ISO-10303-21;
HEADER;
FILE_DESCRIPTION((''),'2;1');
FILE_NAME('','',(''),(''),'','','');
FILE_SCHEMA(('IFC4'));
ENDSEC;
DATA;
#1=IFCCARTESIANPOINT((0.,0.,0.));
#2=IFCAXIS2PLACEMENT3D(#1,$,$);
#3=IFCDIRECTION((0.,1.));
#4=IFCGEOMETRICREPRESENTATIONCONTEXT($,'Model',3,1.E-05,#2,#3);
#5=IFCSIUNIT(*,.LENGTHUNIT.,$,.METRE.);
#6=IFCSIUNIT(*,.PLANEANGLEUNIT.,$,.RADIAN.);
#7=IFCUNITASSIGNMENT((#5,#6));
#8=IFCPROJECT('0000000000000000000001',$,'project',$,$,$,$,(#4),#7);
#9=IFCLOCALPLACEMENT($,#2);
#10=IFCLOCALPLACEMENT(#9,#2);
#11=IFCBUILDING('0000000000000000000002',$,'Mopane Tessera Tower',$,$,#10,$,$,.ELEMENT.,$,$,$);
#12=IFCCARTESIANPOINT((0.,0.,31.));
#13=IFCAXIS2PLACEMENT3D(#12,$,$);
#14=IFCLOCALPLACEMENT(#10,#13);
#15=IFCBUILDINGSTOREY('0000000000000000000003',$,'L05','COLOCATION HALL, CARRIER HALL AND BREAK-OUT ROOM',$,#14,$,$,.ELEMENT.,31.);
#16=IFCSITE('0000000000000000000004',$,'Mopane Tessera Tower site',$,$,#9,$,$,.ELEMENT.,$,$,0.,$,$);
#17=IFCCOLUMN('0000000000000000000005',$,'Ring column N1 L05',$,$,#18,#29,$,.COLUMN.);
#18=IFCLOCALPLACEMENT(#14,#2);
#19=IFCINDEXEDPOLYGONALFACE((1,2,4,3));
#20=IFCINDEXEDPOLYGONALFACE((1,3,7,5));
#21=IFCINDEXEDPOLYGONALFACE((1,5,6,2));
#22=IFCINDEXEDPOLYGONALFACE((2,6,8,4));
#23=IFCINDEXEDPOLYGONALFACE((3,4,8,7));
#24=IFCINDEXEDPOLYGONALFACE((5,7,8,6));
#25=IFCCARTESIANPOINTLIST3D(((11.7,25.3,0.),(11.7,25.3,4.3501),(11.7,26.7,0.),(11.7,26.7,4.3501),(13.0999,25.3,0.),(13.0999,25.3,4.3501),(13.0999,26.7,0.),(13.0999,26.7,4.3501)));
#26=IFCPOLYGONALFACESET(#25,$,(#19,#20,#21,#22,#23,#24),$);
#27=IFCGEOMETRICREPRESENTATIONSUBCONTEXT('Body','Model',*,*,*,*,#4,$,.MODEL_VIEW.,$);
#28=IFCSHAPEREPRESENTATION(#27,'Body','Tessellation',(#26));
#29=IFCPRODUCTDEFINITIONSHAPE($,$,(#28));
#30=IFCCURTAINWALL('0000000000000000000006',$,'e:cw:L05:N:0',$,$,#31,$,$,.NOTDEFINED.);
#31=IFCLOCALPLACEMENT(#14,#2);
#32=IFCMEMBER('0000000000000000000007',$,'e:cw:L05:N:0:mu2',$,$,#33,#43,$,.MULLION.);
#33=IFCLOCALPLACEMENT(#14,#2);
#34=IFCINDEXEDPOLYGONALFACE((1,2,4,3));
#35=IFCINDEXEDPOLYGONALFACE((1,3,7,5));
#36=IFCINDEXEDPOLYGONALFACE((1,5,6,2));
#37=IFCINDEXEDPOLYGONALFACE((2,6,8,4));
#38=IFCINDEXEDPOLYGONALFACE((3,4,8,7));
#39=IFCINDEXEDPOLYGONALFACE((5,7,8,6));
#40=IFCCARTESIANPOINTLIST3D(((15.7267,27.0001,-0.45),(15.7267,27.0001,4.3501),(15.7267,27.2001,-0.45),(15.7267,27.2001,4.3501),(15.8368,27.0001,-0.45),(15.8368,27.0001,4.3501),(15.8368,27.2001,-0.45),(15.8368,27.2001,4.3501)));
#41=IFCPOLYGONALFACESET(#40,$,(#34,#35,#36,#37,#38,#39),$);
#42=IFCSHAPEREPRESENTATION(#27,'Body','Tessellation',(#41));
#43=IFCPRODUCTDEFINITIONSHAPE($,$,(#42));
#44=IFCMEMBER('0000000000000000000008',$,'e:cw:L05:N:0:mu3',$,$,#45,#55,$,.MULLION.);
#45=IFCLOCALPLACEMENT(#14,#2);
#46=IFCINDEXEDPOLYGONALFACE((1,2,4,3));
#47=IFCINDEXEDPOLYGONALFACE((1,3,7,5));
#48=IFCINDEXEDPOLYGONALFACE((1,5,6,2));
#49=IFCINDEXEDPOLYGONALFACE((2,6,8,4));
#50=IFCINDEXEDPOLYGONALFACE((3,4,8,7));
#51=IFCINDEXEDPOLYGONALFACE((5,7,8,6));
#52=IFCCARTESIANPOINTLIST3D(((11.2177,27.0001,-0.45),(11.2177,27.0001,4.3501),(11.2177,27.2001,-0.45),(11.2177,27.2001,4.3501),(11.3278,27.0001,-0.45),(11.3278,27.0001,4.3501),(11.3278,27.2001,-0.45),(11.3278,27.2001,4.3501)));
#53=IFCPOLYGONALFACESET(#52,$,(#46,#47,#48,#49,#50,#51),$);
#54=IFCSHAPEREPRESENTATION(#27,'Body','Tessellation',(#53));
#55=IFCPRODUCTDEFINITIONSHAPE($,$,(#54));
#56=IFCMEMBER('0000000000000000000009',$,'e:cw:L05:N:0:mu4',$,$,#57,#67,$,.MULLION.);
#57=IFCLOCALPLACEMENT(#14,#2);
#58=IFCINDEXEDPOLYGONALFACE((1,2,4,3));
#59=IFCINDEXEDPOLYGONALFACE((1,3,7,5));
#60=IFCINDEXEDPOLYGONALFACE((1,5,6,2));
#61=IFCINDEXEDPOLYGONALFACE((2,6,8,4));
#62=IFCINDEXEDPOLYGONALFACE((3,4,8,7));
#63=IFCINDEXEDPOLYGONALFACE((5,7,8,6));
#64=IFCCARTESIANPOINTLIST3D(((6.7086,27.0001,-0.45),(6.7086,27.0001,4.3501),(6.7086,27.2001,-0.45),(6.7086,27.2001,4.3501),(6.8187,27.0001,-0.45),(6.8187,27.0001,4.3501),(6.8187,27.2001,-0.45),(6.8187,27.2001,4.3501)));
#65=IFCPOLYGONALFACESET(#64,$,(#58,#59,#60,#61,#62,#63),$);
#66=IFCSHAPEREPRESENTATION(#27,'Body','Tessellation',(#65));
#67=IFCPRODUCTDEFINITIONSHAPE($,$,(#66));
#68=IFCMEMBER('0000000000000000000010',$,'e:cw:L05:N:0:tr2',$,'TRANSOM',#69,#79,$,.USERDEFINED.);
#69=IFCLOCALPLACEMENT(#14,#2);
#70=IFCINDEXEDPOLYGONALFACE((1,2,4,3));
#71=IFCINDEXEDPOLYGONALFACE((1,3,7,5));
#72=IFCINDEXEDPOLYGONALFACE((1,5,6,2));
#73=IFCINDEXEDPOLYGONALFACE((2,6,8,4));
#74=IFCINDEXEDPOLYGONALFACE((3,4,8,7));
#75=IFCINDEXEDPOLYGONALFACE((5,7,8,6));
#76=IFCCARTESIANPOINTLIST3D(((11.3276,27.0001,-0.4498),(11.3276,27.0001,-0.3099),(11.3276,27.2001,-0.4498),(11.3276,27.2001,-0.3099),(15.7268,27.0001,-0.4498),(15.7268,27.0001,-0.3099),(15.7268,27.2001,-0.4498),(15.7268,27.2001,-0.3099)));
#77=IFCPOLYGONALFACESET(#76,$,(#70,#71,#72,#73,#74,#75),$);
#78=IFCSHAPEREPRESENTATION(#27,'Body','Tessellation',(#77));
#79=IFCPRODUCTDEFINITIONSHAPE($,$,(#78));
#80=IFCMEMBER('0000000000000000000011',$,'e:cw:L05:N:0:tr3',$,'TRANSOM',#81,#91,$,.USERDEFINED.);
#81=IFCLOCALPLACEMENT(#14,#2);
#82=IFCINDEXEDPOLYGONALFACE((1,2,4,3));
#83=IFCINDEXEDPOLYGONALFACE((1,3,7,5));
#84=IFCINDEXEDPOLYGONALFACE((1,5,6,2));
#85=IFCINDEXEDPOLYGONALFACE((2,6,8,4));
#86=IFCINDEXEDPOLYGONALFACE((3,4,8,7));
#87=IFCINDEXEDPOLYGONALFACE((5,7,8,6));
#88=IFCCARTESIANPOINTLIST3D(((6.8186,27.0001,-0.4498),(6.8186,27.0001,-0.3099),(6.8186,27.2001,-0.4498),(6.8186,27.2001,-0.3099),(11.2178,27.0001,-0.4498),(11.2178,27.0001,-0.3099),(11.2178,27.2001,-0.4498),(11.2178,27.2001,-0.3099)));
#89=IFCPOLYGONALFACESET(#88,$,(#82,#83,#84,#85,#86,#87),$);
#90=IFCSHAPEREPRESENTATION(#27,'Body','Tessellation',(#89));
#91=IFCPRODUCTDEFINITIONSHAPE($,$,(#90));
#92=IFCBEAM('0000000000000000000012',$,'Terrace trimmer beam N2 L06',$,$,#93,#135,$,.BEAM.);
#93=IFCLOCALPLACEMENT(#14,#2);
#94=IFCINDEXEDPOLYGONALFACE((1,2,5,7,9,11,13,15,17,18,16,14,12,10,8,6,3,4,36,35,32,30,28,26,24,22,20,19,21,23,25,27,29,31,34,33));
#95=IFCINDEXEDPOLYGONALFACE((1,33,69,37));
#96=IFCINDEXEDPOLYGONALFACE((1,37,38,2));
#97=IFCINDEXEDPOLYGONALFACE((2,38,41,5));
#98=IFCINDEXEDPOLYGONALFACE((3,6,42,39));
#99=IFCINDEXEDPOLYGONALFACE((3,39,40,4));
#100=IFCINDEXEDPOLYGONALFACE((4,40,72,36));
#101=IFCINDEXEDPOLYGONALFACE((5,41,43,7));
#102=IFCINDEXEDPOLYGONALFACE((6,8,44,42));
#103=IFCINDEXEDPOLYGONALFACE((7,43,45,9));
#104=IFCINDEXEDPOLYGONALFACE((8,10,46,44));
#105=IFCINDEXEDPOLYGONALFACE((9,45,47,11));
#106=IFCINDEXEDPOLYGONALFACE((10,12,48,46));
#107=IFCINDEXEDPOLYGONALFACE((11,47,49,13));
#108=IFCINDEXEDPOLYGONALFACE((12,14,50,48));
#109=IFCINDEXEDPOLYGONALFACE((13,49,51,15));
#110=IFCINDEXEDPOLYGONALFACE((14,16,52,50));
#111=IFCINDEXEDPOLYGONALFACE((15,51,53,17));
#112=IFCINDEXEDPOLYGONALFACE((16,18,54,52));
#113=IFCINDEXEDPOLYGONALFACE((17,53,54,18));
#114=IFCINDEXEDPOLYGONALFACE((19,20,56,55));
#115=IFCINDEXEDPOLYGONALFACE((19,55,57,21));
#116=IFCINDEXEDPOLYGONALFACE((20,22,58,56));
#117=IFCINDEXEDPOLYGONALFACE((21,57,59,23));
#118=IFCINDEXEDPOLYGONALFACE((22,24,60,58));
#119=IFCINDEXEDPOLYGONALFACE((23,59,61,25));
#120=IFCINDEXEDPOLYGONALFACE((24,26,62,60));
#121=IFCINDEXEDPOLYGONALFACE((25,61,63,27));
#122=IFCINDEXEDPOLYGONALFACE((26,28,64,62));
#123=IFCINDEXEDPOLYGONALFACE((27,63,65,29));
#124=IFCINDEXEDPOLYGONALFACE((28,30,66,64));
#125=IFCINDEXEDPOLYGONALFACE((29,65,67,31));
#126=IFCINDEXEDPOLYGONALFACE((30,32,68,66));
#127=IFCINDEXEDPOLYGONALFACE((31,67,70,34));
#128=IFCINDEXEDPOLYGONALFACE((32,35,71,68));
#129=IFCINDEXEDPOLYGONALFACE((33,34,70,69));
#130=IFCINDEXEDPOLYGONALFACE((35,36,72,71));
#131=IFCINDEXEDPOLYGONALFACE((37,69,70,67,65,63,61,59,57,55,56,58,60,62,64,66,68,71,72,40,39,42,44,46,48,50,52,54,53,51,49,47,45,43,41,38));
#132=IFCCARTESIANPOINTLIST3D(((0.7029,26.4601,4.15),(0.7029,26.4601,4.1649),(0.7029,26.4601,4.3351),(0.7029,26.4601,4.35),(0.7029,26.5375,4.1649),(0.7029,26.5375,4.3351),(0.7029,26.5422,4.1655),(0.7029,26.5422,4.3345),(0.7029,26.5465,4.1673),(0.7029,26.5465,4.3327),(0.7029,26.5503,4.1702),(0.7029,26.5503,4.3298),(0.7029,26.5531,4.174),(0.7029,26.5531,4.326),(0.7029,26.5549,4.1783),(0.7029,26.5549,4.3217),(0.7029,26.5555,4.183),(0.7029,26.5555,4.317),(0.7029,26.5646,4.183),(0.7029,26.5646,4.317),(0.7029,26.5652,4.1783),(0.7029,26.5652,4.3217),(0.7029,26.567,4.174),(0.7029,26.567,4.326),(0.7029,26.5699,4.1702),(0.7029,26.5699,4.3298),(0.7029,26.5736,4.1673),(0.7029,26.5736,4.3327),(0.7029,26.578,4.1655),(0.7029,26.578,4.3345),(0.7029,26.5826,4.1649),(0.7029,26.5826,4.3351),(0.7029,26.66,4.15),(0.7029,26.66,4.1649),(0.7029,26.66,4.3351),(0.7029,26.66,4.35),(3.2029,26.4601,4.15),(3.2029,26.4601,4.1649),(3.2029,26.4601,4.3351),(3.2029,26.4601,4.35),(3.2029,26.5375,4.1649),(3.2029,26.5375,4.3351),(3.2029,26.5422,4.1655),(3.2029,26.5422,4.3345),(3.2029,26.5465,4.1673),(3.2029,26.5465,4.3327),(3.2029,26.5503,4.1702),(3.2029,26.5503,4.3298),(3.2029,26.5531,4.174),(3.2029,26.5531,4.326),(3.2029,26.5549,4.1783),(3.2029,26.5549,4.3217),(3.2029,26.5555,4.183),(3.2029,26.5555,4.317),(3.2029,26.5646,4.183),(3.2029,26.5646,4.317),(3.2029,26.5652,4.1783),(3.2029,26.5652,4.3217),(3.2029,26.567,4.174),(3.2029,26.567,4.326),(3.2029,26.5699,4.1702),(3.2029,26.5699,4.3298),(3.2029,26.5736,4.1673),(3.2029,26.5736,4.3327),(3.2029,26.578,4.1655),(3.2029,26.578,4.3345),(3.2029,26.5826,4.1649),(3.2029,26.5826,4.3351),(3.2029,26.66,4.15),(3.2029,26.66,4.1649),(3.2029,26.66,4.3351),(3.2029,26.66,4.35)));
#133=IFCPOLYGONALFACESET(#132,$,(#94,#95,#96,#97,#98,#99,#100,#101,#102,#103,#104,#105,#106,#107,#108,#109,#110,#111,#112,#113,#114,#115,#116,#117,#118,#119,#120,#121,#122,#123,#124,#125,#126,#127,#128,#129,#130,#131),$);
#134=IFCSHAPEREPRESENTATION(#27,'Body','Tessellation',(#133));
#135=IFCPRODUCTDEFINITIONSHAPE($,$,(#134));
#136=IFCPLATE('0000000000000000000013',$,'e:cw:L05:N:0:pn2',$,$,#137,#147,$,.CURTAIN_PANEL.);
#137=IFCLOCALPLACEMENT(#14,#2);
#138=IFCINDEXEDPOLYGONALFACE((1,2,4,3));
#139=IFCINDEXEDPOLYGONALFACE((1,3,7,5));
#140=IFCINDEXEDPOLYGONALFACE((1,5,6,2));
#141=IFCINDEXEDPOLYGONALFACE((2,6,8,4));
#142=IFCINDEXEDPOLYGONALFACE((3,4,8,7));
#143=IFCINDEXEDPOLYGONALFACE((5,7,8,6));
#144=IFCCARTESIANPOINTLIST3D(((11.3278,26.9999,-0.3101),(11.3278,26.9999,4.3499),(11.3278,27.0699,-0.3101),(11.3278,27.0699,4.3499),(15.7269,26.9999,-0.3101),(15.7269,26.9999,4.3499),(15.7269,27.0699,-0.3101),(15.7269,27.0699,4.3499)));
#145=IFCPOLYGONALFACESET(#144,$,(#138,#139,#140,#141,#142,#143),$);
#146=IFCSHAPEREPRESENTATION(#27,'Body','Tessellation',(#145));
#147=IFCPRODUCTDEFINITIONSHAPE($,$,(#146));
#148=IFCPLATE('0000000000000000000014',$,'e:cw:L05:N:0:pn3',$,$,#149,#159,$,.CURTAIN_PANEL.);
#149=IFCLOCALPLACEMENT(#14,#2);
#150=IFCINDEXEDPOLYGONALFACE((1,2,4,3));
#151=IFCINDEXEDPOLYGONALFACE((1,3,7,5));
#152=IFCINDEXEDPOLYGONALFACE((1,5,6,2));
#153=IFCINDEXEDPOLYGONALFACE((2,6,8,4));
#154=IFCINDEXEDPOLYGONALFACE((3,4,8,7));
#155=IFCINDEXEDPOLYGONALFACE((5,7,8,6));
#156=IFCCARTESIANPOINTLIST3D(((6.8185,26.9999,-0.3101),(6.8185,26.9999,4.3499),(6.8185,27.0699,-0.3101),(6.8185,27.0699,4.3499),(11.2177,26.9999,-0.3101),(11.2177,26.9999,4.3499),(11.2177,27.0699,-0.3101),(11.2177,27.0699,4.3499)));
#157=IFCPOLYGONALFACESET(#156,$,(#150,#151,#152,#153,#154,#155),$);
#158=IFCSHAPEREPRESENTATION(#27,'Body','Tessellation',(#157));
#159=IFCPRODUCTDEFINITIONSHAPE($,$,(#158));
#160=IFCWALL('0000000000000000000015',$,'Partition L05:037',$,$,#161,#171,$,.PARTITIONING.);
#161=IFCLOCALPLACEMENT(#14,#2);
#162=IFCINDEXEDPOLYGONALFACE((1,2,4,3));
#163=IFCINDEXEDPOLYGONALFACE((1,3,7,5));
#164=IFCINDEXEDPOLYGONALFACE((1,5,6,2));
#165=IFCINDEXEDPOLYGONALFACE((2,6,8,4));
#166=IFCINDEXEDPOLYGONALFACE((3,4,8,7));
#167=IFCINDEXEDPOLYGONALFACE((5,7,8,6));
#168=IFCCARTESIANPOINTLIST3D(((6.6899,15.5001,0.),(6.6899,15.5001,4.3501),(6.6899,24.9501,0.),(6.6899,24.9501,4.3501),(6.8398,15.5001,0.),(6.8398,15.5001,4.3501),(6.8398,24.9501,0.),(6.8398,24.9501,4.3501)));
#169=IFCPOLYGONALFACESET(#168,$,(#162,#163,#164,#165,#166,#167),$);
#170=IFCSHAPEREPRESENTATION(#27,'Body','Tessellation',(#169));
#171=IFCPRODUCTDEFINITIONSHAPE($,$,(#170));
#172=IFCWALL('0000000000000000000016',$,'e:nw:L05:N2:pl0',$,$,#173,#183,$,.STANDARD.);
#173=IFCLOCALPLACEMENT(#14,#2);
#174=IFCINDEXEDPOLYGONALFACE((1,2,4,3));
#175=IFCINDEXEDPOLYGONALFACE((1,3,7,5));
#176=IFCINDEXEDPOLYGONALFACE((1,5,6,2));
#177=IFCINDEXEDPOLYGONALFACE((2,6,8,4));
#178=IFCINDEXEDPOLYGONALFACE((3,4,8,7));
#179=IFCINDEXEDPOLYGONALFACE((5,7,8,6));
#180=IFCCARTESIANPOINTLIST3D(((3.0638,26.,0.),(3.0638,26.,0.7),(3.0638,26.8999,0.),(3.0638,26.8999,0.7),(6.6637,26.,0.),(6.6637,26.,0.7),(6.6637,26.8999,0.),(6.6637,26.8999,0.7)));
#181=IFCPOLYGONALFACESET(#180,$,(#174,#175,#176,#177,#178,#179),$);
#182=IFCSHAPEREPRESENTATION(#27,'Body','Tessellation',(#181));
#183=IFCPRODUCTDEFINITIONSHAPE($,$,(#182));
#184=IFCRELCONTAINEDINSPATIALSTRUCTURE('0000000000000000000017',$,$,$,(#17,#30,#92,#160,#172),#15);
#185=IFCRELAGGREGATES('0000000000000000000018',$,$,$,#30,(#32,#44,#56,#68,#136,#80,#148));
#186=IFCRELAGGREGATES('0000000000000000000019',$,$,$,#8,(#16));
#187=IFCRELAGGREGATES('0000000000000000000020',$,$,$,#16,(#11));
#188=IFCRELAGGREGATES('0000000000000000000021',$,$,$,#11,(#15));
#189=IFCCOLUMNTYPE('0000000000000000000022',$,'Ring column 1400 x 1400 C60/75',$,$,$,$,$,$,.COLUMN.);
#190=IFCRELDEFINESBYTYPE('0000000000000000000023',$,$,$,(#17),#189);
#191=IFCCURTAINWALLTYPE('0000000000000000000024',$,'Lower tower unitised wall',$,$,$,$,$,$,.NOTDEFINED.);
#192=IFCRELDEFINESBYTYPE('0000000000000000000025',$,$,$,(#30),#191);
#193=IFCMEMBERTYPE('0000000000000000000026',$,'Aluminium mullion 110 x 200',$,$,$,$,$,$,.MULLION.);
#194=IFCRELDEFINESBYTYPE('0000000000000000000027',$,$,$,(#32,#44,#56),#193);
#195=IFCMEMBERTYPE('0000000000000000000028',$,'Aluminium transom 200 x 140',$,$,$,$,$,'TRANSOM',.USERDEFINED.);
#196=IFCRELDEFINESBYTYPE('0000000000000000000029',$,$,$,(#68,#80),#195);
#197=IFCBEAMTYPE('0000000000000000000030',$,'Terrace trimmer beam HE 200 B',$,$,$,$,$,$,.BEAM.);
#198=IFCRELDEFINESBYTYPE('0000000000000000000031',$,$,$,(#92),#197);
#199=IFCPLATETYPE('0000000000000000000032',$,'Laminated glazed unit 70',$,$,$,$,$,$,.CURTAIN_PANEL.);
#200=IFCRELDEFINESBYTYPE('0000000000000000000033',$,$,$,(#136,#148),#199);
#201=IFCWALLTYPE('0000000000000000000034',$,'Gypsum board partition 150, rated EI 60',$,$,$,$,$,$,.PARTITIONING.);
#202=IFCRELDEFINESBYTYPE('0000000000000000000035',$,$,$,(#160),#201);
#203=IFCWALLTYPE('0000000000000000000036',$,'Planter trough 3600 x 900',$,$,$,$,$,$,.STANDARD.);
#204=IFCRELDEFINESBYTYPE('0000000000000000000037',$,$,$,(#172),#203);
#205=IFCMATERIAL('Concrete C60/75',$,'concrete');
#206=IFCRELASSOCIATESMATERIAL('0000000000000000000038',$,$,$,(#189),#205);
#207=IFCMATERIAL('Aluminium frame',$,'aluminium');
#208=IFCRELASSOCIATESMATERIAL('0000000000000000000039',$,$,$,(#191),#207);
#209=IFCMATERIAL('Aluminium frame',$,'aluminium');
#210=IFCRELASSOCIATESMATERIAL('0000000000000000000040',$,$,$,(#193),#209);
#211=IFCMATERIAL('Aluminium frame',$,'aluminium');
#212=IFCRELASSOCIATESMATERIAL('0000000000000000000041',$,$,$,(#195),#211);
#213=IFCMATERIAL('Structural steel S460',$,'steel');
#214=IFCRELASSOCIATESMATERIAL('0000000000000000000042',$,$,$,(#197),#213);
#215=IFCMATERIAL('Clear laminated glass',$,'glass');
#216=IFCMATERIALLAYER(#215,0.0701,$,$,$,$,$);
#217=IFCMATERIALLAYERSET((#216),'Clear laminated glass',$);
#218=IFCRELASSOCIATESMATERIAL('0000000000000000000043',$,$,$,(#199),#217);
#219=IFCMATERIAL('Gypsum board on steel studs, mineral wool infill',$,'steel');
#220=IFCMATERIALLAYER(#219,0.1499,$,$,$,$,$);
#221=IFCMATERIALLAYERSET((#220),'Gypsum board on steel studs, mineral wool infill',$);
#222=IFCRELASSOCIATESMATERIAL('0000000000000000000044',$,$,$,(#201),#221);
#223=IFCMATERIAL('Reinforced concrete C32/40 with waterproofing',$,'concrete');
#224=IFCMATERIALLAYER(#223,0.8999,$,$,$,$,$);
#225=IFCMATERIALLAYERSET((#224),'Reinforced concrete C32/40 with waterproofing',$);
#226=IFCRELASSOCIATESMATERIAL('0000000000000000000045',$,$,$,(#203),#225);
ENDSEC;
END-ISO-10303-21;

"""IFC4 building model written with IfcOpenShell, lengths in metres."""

from ifc_helpers import new_model, si_unit, direction, frame, frame_2d, origin, origin_2d, place, context, subcontext, project, spatial, rectangle, i_section, extrude, material, layer, layer_set, material_profile, profile_set, type_object, element, aggregate, save


model = new_model("IFC4")

# Units and contexts
model_context = context("Model", 3, precision=1e-05, world=origin(), true_north=direction((0.0, 1.0)))
body_context = subcontext(model_context, "Body", "Model", "MODEL_VIEW")
ifc_project = project(units=[si_unit("LENGTHUNIT", "METRE"), si_unit("PLANEANGLEUNIT", "RADIAN")], contexts=[model_context])

# Site, building, storey
site_placement = place(None, origin())
site = spatial("IfcSite", under=ifc_project, at=site_placement, Name="Mopane Tessera Tower site", CompositionType="ELEMENT", RefElevation=0.0)
building_placement = place(site_placement, origin())
building = spatial("IfcBuilding", under=site, at=building_placement, Name="Mopane Tessera Tower", CompositionType="ELEMENT")
storey_placement = place(building_placement, frame((0.0, 0.0, 31.0)))
storey = spatial("IfcBuildingStorey", under=building, at=storey_placement, Name="L05", Description="COLOCATION HALL, CARRIER HALL AND BREAK-OUT ROOM", CompositionType="ELEMENT", Elevation=31.0)

# Column
ifc_material_1 = material(Name="Concrete C60/75", Category="concrete")
ifc_material_profile_1 = material_profile(ifc_material_1, rectangle(XDim=1.3999, YDim=1.3999, at=origin_2d()))
ifc_profile_set_1 = profile_set([ifc_material_profile_1], Name="Concrete C60/75")
column_type = type_object("IfcColumnType", Name="Ring column 1400 x 1400 C60/75", PredefinedType="COLUMN", material=ifc_profile_set_1)
column_placement = place(storey_placement, frame((12.3999, 26.0, 0.0), z_axis=(0.0, 0.0, 1.0), x_axis=(1.0, 0.0, 0.0)))
element("IfcColumn", 1, at=column_placement, inside=storey, type_object=column_type, Name="Ring column N1 L05", PredefinedType="COLUMN", context=body_context, shape_type="SweptSolid", body=[
    extrude(rectangle(XDim=1.3999, YDim=1.3999, at=origin_2d()), origin(), (0.0, 0.0, 1.0), 4.3501),
])

# Curtain wall, members
ifc_material_2 = material(Name="Aluminium frame", Category="aluminium")
curtain_wall_type = type_object("IfcCurtainWallType", Name="Lower tower unitised wall", PredefinedType="NOTDEFINED", material=ifc_material_2)
curtain_wall_placement = place(storey_placement, origin())
curtain_wall = element("IfcCurtainWall", 2, at=curtain_wall_placement, inside=storey, type_object=curtain_wall_type, Name="e:cw:L05:N:0", PredefinedType="NOTDEFINED")
ifc_material_3 = material(Name="Aluminium frame", Category="aluminium")
ifc_material_profile_2 = material_profile(ifc_material_3, rectangle(XDim=0.1101, YDim=0.2, at=origin_2d()))
ifc_profile_set_2 = profile_set([ifc_material_profile_2], Name="Aluminium frame")
member_type_1 = type_object("IfcMemberType", Name="Aluminium mullion 110 x 200", PredefinedType="MULLION", material=ifc_profile_set_2)
member_1_placement = place(storey_placement, frame((15.7817, 27.1001, -0.45), z_axis=(0.0, 0.0, 1.0), x_axis=(-1.0, 0.0, 0.0)))
member_1 = element("IfcMember", 3, at=member_1_placement, type_object=member_type_1, Name="e:cw:L05:N:0:mu2", PredefinedType="MULLION", context=body_context, shape_type="SweptSolid", body=[
    extrude(rectangle(XDim=0.1101, YDim=0.2, at=origin_2d()), origin(), (0.0, 0.0, 1.0), 4.8),
])
member_2_placement = place(storey_placement, frame((11.2727, 27.1001, -0.45), z_axis=(0.0, 0.0, 1.0), x_axis=(-1.0, 0.0, 0.0)))
member_2 = element("IfcMember", 4, at=member_2_placement, type_object=member_type_1, Name="e:cw:L05:N:0:mu3", PredefinedType="MULLION", context=body_context, shape_type="SweptSolid", body=[
    extrude(rectangle(XDim=0.1101, YDim=0.2, at=origin_2d()), origin(), (0.0, 0.0, 1.0), 4.8),
])
member_3_placement = place(storey_placement, frame((6.7637, 27.1001, -0.45), z_axis=(0.0, 0.0, 1.0), x_axis=(-1.0, 0.0, 0.0)))
member_3 = element("IfcMember", 5, at=member_3_placement, type_object=member_type_1, Name="e:cw:L05:N:0:mu4", PredefinedType="MULLION", context=body_context, shape_type="SweptSolid", body=[
    extrude(rectangle(XDim=0.1101, YDim=0.2, at=origin_2d()), origin(), (0.0, 0.0, 1.0), 4.8),
])
ifc_material_4 = material(Name="Aluminium frame", Category="aluminium")
ifc_material_profile_3 = material_profile(ifc_material_4, rectangle(XDim=0.2, YDim=0.1399, at=origin_2d()))
ifc_profile_set_3 = profile_set([ifc_material_profile_3], Name="Aluminium frame")
member_type_2 = type_object("IfcMemberType", Name="Aluminium transom 200 x 140", ElementType="TRANSOM", PredefinedType="USERDEFINED", material=ifc_profile_set_3)
member_4_placement = place(storey_placement, frame((15.7268, 27.1001, -0.3799), z_axis=(-1.0, 0.0, 0.0), x_axis=(0.0, -1.0, 0.0)))
member_4 = element("IfcMember", 6, at=member_4_placement, type_object=member_type_2, Name="e:cw:L05:N:0:tr2", ObjectType="TRANSOM", PredefinedType="USERDEFINED", context=body_context, shape_type="SweptSolid", body=[
    extrude(rectangle(XDim=0.2, YDim=0.1399, at=origin_2d()), origin(), (0.0, 0.0, 1.0), 4.3992),
])
member_5_placement = place(storey_placement, frame((11.2178, 27.1001, -0.3799), z_axis=(-1.0, 0.0, 0.0), x_axis=(0.0, -1.0, 0.0)))
member_5 = element("IfcMember", 7, at=member_5_placement, type_object=member_type_2, Name="e:cw:L05:N:0:tr3", ObjectType="TRANSOM", PredefinedType="USERDEFINED", context=body_context, shape_type="SweptSolid", body=[
    extrude(rectangle(XDim=0.2, YDim=0.1399, at=origin_2d()), origin(), (0.0, 0.0, 1.0), 4.3992),
])

# Beam
ifc_material_5 = material(Name="Structural steel S460", Category="steel")
ifc_material_profile_4 = material_profile(ifc_material_5, i_section(OverallWidth=0.2, OverallDepth=0.2, WebThickness=0.009, FlangeThickness=0.0149, FilletRadius=0.0181, at=origin_2d()))
ifc_profile_set_4 = profile_set([ifc_material_profile_4], Name="Structural steel S460")
beam_type = type_object("IfcBeamType", Name="Terrace trimmer beam HE 200 B", PredefinedType="BEAM", material=ifc_profile_set_4)
beam_placement = place(storey_placement, frame((0.7029, 26.5601, 4.25), z_axis=(1.0, 0.0, 0.0), x_axis=(0.0, 1.0, 0.0)))
element("IfcBeam", 8, at=beam_placement, inside=storey, type_object=beam_type, Name="Terrace trimmer beam N2 L06", PredefinedType="BEAM", context=body_context, shape_type="SweptSolid", body=[
    extrude(i_section(OverallWidth=0.2, OverallDepth=0.2, WebThickness=0.009, FlangeThickness=0.0149, FilletRadius=0.0181, at=origin_2d()), origin(), (0.0, 0.0, 1.0), 2.5),
])

# Plates
ifc_material_6 = material(Name="Clear laminated glass", Category="glass")
ifc_layer_1 = layer(ifc_material_6, 0.0701)
ifc_layer_set_1 = layer_set([ifc_layer_1], Name="Clear laminated glass")
plate_type = type_object("IfcPlateType", Name="Laminated glazed unit 70", PredefinedType="CURTAIN_PANEL", material=ifc_layer_set_1)
plate_1_placement = place(storey_placement, frame((13.5273, 27.0349, -0.3101), z_axis=(0.0, 0.0, 1.0), x_axis=(-1.0, 0.0, 0.0)))
plate_1 = element("IfcPlate", 9, at=plate_1_placement, type_object=plate_type, Name="e:cw:L05:N:0:pn2", PredefinedType="CURTAIN_PANEL", context=body_context, shape_type="SweptSolid", body=[
    extrude(rectangle(XDim=4.3992, YDim=0.0701, at=origin_2d()), origin(), (0.0, 0.0, 1.0), 4.6599),
])
plate_2_placement = place(storey_placement, frame((9.0181, 27.0349, -0.3101), z_axis=(0.0, 0.0, 1.0), x_axis=(-1.0, 0.0, 0.0)))
plate_2 = element("IfcPlate", 10, at=plate_2_placement, type_object=plate_type, Name="e:cw:L05:N:0:pn3", PredefinedType="CURTAIN_PANEL", context=body_context, shape_type="SweptSolid", body=[
    extrude(rectangle(XDim=4.3992, YDim=0.0701, at=origin_2d()), origin(), (0.0, 0.0, 1.0), 4.6599),
])
aggregate(curtain_wall, [member_1, member_2, member_3, member_4, plate_1, member_5, plate_2])

# Walls
ifc_material_7 = material(Name="Gypsum board on steel studs, mineral wool infill", Category="steel")
ifc_layer_2 = layer(ifc_material_7, 0.1499)
ifc_layer_set_2 = layer_set([ifc_layer_2], Name="Gypsum board on steel studs, mineral wool infill")
wall_type_1 = type_object("IfcWallType", Name="Gypsum board partition 150, rated EI 60", PredefinedType="PARTITIONING", material=ifc_layer_set_2)
wall_1_placement = place(storey_placement, frame((6.7649, 15.5, 0.0), z_axis=(0.0, 0.0, 1.0), x_axis=(0.0, 1.0, 0.0)))
element("IfcWall", 11, at=wall_1_placement, inside=storey, type_object=wall_type_1, Name="Partition L05:037", PredefinedType="PARTITIONING", context=body_context, shape_type="SweptSolid", body=[
    extrude(rectangle(XDim=9.45, YDim=0.1499, at=frame_2d((4.7251, 0.0))), origin(), (0.0, 0.0, 1.0), 4.3501),
])
ifc_material_8 = material(Name="Reinforced concrete C32/40 with waterproofing", Category="concrete")
ifc_layer_3 = layer(ifc_material_8, 0.8999)
ifc_layer_set_3 = layer_set([ifc_layer_3], Name="Reinforced concrete C32/40 with waterproofing")
wall_type_2 = type_object("IfcWallType", Name="Planter trough 3600 x 900", PredefinedType="STANDARD", material=ifc_layer_set_3)
wall_2_placement = place(storey_placement, frame((6.6636, 26.45, 0.0), z_axis=(0.0, 0.0, 1.0), x_axis=(-1.0, 0.0, 0.0)))
element("IfcWall", 12, at=wall_2_placement, inside=storey, type_object=wall_type_2, Name="e:nw:L05:N2:pl0", PredefinedType="STANDARD", context=body_context, shape_type="SweptSolid", body=[
    extrude(rectangle(XDim=3.5999, YDim=0.8999, at=frame_2d((1.7998, 0.0))), origin(), (0.0, 0.0, 1.0), 0.7),
])

save(model, "model.ifc")
